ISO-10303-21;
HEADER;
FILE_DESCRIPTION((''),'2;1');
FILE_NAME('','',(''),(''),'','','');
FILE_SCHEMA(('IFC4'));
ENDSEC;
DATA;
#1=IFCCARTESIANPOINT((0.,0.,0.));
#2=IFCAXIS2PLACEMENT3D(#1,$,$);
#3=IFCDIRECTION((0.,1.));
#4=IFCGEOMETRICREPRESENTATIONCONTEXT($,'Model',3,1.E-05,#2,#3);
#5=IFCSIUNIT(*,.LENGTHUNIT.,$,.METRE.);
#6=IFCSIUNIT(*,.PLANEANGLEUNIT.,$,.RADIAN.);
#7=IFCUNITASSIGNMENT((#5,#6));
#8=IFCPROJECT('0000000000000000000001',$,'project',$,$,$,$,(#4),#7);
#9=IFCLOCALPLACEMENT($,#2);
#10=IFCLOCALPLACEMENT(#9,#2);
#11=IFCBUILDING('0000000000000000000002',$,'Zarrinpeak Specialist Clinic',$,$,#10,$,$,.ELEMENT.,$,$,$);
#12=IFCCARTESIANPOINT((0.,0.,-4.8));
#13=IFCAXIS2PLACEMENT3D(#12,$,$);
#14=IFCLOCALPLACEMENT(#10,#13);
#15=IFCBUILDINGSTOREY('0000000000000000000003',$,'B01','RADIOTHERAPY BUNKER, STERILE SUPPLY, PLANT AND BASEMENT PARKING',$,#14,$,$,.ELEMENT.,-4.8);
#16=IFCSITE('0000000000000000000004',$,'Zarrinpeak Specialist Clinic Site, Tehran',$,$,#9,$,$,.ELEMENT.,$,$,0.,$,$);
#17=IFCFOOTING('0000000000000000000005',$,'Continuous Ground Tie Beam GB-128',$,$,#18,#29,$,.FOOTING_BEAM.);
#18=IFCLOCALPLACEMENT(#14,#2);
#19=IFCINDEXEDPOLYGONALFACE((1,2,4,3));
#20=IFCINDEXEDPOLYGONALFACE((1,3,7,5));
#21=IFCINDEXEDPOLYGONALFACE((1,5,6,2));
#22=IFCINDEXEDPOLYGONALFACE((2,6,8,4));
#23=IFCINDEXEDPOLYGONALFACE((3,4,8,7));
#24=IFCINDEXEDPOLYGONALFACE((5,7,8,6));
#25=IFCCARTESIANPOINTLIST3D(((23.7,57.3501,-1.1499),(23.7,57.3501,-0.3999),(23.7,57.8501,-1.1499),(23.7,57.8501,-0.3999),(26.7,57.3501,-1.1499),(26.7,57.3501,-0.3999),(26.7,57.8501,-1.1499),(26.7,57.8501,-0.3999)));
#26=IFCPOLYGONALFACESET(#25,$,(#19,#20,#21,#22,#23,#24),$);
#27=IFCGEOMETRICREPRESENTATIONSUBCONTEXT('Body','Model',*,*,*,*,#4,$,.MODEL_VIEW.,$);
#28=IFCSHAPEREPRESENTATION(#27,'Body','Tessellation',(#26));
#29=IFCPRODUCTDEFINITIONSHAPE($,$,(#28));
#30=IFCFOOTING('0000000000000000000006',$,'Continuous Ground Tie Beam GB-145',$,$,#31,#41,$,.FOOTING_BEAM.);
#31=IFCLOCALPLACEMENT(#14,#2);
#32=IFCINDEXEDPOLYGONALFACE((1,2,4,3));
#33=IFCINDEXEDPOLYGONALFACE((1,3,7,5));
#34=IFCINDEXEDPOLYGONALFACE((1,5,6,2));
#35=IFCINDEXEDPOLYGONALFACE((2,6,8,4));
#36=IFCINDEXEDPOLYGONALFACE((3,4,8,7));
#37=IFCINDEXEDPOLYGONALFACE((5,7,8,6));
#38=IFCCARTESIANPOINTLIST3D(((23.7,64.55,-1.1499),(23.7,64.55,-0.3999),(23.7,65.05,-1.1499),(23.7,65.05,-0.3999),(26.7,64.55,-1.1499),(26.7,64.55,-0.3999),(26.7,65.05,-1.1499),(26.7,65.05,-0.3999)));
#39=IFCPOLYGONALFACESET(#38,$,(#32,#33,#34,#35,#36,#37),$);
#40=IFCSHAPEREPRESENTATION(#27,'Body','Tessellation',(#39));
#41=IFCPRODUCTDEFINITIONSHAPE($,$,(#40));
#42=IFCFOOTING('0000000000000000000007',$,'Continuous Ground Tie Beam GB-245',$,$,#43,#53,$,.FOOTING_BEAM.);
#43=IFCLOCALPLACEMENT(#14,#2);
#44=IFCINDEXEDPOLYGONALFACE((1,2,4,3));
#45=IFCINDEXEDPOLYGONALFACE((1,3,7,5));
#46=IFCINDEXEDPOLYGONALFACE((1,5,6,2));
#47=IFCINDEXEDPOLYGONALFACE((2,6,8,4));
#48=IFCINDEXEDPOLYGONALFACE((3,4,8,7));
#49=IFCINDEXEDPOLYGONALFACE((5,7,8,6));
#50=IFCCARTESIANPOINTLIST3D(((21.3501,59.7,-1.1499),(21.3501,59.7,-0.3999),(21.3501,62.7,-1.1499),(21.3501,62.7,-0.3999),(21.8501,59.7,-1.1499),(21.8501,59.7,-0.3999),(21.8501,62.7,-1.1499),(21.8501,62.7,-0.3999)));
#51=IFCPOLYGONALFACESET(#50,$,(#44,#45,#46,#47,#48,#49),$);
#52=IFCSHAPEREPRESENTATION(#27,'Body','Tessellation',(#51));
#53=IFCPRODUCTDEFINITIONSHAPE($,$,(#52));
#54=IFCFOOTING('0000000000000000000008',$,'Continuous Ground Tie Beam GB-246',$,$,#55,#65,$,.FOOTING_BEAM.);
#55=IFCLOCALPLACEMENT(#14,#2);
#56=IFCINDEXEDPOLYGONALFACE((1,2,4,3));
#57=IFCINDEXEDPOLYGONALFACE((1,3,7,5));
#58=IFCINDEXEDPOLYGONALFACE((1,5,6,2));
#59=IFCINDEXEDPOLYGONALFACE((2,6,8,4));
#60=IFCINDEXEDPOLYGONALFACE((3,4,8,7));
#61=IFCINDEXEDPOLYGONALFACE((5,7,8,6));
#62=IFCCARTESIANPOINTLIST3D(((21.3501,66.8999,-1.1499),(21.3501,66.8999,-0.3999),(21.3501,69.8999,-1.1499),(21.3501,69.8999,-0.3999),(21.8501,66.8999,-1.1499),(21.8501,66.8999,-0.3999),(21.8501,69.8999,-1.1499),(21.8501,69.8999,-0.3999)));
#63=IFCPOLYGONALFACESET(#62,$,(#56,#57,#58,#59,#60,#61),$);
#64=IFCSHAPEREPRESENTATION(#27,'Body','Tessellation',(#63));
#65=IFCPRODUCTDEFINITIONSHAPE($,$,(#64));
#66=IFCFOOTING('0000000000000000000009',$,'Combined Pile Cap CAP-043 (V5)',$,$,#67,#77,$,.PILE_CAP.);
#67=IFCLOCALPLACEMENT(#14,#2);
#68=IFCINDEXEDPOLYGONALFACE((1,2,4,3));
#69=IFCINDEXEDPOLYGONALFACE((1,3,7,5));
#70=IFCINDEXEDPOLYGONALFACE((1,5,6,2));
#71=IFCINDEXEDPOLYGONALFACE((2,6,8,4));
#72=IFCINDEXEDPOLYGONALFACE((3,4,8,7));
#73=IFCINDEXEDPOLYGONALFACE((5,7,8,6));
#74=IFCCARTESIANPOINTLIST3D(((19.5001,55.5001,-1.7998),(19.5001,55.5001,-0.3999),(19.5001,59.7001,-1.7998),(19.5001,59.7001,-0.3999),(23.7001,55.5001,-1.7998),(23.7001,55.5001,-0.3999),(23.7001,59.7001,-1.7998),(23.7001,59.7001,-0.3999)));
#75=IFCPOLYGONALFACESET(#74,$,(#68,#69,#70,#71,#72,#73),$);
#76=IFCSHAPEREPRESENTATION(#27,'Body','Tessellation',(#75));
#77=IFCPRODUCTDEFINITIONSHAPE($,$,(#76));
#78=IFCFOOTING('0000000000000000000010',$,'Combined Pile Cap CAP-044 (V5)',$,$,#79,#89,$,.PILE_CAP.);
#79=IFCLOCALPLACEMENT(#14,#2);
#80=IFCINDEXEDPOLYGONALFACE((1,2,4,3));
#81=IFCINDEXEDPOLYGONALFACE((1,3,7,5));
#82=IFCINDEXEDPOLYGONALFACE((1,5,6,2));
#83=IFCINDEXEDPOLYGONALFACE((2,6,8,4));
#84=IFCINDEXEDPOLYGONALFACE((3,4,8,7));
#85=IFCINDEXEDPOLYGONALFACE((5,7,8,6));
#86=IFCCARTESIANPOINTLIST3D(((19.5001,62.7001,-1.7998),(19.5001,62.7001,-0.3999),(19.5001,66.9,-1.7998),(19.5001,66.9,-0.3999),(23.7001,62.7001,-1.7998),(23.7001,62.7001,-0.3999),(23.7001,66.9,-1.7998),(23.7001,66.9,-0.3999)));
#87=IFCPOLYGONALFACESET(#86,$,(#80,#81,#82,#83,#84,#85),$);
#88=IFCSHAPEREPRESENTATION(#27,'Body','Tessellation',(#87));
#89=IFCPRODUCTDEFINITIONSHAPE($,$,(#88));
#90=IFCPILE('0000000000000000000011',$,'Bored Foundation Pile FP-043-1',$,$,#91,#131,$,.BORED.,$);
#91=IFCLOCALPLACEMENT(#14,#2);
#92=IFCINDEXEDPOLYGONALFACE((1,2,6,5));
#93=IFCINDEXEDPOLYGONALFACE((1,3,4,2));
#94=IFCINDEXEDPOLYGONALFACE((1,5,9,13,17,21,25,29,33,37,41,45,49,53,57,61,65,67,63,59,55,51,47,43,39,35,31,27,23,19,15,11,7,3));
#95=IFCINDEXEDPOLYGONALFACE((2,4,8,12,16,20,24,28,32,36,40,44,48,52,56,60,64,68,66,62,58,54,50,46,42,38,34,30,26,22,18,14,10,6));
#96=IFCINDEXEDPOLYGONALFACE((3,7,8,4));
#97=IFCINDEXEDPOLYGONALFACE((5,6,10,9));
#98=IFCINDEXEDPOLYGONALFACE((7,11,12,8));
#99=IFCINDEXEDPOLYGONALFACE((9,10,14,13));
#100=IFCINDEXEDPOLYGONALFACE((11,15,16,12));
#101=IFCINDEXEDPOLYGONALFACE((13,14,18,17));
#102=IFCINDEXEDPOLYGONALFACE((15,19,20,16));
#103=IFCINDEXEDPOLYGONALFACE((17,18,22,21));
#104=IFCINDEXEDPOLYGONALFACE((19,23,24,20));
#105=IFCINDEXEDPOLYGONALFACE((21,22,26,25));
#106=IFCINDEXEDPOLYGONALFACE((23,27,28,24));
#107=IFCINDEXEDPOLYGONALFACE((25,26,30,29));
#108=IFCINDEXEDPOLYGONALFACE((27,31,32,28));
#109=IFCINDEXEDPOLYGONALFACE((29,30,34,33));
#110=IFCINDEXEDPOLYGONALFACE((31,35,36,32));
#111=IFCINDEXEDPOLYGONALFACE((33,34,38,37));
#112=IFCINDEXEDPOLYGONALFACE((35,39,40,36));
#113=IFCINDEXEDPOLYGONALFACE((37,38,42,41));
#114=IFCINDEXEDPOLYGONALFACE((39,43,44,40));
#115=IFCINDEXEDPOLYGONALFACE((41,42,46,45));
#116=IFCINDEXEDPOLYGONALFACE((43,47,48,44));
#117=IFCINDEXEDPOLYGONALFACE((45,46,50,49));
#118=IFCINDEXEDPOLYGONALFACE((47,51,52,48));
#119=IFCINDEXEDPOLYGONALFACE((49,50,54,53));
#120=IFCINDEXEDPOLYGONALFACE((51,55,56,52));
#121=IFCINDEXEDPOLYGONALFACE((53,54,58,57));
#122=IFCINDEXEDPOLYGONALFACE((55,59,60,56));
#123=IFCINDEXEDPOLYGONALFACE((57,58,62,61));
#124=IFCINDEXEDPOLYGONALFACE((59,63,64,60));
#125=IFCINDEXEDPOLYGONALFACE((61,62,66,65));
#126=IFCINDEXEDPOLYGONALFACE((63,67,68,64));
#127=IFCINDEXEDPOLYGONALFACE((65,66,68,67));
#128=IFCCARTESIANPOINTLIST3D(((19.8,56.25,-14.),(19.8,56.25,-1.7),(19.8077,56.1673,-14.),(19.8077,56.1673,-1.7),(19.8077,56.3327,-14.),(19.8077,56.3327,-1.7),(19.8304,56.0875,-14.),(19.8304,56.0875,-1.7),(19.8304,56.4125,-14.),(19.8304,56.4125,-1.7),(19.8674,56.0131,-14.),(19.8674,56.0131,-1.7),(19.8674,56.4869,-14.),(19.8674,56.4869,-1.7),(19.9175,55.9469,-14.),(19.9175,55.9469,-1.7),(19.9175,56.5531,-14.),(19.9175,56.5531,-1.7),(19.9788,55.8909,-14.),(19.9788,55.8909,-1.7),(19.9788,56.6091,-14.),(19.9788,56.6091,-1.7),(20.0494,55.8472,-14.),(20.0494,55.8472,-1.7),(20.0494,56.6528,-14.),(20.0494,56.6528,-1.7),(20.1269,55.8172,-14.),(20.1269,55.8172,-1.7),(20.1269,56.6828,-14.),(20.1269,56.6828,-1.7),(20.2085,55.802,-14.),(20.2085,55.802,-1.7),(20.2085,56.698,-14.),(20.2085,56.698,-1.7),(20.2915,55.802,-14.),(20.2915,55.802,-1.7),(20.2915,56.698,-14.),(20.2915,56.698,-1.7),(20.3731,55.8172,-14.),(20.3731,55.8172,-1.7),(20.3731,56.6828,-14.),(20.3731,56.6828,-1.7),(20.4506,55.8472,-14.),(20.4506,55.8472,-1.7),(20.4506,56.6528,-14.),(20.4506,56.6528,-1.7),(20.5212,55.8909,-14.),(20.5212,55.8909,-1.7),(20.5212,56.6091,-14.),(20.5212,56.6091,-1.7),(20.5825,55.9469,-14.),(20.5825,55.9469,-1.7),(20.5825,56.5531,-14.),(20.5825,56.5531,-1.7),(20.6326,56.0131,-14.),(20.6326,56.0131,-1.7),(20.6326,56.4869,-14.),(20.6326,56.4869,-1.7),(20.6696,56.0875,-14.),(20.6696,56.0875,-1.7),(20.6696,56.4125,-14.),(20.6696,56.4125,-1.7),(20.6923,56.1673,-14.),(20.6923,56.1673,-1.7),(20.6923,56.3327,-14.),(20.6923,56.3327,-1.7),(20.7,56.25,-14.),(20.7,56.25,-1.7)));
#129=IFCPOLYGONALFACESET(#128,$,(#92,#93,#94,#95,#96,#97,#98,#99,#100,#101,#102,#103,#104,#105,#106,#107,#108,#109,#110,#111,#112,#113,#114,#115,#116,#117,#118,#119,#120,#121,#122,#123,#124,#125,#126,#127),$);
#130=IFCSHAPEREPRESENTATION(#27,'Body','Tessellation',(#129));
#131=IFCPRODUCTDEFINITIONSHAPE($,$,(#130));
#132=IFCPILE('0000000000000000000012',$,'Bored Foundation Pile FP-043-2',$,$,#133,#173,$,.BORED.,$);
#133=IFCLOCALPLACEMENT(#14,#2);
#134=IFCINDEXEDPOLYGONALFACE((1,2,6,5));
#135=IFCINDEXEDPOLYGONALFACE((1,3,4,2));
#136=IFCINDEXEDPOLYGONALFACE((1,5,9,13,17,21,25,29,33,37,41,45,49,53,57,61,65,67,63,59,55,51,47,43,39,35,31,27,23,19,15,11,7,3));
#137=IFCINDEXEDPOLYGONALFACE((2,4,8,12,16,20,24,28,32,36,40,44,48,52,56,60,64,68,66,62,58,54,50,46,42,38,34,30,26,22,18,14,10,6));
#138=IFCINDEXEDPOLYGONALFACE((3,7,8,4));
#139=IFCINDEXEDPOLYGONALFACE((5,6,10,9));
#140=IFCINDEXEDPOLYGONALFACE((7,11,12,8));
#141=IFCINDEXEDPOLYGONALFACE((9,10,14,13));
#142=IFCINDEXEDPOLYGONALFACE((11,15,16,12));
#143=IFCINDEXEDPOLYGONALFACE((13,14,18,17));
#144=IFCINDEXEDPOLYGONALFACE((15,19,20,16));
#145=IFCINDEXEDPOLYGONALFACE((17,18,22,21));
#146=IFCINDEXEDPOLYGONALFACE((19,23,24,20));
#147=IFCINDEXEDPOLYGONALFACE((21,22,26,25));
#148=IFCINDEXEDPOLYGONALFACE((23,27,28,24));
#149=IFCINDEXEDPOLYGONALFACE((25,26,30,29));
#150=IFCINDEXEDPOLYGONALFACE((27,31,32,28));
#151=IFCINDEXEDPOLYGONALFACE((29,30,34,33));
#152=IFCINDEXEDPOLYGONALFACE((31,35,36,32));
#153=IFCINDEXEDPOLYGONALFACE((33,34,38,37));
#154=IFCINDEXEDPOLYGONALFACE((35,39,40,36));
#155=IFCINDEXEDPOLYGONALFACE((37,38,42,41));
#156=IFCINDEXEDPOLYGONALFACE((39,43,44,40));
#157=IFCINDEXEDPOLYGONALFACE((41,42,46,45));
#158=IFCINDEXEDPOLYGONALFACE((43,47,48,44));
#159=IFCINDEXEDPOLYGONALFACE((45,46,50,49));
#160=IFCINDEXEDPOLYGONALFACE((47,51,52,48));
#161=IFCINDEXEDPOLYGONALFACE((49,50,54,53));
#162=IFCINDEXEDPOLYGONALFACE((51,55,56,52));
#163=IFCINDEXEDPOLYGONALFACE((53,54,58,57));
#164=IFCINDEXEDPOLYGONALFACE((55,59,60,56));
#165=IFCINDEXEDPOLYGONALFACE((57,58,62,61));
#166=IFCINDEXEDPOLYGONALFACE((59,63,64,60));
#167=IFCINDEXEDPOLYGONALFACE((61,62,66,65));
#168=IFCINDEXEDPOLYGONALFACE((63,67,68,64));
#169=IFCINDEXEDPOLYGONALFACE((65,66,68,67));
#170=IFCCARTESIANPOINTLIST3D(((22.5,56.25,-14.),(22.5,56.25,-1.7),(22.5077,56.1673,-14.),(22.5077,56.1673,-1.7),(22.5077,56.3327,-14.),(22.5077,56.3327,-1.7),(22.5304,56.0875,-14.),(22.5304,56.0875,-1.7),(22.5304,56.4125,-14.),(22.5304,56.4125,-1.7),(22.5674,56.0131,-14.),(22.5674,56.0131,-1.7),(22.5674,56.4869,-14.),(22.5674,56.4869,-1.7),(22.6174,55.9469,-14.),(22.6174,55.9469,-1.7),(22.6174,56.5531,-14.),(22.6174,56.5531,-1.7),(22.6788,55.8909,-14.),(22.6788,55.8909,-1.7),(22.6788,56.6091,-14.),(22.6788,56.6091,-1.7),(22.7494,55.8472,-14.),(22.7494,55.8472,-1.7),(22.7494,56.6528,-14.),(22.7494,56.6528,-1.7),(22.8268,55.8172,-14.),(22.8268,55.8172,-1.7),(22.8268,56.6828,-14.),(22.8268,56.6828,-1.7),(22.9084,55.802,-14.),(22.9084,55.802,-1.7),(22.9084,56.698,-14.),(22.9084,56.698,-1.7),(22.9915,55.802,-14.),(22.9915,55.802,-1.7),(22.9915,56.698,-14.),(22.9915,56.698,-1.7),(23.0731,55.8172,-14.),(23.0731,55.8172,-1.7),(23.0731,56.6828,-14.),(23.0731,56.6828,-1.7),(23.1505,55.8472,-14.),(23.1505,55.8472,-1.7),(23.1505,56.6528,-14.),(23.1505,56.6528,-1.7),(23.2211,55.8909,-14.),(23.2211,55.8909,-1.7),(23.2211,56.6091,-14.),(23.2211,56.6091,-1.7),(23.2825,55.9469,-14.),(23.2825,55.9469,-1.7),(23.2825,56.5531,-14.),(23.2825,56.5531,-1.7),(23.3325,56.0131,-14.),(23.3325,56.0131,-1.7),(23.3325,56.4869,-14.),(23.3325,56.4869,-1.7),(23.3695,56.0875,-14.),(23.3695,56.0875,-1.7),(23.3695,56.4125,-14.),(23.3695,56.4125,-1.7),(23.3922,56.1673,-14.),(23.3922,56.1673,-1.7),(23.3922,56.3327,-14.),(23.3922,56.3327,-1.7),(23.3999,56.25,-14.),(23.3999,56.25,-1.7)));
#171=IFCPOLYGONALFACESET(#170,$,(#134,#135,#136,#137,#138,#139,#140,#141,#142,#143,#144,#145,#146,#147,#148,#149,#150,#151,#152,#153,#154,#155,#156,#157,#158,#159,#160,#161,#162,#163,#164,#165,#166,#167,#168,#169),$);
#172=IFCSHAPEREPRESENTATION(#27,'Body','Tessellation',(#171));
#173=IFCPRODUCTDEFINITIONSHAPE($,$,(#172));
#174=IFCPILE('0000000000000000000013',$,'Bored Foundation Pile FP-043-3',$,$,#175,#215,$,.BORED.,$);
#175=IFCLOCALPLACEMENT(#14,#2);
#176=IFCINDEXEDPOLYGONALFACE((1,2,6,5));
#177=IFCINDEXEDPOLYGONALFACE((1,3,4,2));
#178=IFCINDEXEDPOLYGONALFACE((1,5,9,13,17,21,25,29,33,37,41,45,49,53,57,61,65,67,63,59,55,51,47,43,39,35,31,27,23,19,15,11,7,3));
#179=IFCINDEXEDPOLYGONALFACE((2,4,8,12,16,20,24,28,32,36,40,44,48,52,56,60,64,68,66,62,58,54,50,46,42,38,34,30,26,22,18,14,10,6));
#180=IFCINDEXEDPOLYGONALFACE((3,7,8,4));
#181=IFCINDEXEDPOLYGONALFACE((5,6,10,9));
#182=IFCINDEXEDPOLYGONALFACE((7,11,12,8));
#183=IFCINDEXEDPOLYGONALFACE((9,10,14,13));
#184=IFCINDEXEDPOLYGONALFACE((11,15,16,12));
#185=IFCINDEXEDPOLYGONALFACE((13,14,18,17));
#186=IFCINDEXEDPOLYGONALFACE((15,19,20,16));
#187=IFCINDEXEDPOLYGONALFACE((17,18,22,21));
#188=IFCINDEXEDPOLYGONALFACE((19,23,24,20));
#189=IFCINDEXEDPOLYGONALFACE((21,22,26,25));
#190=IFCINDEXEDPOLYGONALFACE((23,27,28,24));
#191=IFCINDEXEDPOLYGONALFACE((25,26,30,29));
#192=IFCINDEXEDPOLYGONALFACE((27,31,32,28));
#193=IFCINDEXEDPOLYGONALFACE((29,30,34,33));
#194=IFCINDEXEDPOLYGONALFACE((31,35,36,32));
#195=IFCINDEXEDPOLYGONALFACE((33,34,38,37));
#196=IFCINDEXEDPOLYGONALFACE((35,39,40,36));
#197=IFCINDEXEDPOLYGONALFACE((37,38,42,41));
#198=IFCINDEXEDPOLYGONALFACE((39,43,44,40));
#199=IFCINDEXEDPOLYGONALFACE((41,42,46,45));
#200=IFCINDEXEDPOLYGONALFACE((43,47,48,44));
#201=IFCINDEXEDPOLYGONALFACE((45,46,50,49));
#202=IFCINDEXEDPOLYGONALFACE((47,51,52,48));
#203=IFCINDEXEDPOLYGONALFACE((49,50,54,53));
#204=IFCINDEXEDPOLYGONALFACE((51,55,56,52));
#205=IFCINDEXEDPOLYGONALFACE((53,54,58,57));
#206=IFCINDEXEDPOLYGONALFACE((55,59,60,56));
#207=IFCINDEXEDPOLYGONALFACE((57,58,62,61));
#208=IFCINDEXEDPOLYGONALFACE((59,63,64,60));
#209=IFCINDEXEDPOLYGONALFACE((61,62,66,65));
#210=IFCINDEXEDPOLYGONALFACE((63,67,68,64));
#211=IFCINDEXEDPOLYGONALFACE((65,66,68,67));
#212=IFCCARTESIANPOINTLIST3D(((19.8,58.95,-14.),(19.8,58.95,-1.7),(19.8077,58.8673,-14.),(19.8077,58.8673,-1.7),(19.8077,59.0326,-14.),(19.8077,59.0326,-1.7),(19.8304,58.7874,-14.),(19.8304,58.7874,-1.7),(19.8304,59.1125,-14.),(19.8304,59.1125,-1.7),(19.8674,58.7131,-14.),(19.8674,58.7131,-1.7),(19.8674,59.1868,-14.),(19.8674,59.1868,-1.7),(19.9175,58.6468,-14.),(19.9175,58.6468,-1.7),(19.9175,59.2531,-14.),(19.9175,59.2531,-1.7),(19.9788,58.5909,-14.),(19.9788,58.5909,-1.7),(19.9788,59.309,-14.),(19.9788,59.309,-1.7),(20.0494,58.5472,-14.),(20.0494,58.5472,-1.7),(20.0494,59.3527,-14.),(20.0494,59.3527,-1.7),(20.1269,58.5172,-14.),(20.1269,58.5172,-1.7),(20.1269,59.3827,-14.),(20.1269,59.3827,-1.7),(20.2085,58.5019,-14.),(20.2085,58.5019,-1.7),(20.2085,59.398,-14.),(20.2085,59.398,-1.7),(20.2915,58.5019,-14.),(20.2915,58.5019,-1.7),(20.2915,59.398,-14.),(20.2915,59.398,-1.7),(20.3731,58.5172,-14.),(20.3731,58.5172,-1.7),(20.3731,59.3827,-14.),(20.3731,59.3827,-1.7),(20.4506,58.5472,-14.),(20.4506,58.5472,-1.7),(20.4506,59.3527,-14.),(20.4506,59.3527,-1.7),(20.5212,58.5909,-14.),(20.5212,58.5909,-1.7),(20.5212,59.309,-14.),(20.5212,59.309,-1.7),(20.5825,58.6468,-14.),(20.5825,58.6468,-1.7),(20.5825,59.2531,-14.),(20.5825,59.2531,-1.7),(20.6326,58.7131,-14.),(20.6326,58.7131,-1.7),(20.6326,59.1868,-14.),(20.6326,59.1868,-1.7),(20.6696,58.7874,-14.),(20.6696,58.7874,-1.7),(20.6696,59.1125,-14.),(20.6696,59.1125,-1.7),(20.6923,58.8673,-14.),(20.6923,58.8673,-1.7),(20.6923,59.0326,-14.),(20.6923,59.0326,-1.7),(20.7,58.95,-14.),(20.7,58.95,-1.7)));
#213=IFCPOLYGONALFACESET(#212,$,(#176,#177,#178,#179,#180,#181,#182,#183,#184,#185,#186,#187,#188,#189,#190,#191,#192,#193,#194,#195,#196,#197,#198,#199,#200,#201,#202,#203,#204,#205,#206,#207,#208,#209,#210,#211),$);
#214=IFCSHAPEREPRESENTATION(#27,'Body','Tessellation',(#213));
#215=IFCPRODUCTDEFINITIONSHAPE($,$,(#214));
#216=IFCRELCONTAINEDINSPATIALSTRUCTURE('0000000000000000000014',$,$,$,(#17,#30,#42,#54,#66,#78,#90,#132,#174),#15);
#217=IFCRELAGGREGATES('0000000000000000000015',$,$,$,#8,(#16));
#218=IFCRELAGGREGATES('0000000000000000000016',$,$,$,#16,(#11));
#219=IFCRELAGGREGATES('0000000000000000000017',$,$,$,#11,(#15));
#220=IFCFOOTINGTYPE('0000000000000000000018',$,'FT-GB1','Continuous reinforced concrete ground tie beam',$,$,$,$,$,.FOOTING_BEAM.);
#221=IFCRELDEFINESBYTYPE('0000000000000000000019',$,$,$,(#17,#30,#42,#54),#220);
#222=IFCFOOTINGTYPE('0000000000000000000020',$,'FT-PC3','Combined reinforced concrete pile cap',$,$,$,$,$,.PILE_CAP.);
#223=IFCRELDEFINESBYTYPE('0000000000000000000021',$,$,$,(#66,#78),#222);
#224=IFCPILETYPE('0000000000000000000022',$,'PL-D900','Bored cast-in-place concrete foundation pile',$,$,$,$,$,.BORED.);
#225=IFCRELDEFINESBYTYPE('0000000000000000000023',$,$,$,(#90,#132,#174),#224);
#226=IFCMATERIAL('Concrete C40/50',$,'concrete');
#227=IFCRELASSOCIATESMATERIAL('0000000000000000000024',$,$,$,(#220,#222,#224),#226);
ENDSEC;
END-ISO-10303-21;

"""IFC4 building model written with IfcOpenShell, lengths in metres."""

from ifc_helpers import new_model, si_unit, direction, frame, origin, origin_2d, place, context, subcontext, project, spatial, rectangle, circle, extrude, material, material_profile, profile_set, type_object, element, save


model = new_model("IFC4")

# Units and contexts
model_context = context("Model", 3, precision=1e-05, world=origin(), true_north=direction((0.0, 1.0)))
body_context = subcontext(model_context, "Body", "Model", "MODEL_VIEW")
ifc_project = project(units=[si_unit("LENGTHUNIT", "METRE"), si_unit("PLANEANGLEUNIT", "RADIAN")], contexts=[model_context])

# Site, building, storey
site_placement = place(None, origin())
site = spatial("IfcSite", under=ifc_project, at=site_placement, Name="Zarrinpeak Specialist Clinic Site, Tehran", CompositionType="ELEMENT", RefElevation=0.0)
building_placement = place(site_placement, origin())
building = spatial("IfcBuilding", under=site, at=building_placement, Name="Zarrinpeak Specialist Clinic", CompositionType="ELEMENT")
storey_placement = place(building_placement, frame((0.0, 0.0, -4.8)))
storey = spatial("IfcBuildingStorey", under=building, at=storey_placement, Name="B01", Description="RADIOTHERAPY BUNKER, STERILE SUPPLY, PLANT AND BASEMENT PARKING", CompositionType="ELEMENT", Elevation=-4.8)

# Footings
ifc_material_1 = material(Name="Concrete C40/50", Category="concrete")
ifc_material_profile_1 = material_profile(ifc_material_1, rectangle(XDim=0.5, YDim=0.75, at=origin_2d()), Name="RC 500x750")
ifc_profile_set_1 = profile_set([ifc_material_profile_1], Name="Concrete C40/50")
footing_type_1 = type_object("IfcFootingType", Name="FT-GB1", Description="Continuous reinforced concrete ground tie beam", PredefinedType="FOOTING_BEAM", material=ifc_profile_set_1)
for number, where, z_axis, x_axis, name in (
    (1, (23.7, 57.6001, -0.7749), (1.0, 0.0, 0.0), (0.0, 1.0, 0.0), "Continuous Ground Tie Beam GB-128"),
    (2, (23.7, 64.8, -0.7749), (1.0, 0.0, 0.0), (0.0, 1.0, 0.0), "Continuous Ground Tie Beam GB-145"),
    (3, (21.6001, 59.7, -0.7749), (0.0, 1.0, 0.0), (-1.0, 0.0, 0.0), "Continuous Ground Tie Beam GB-245"),
    (4, (21.6001, 66.8999, -0.7749), (0.0, 1.0, 0.0), (-1.0, 0.0, 0.0), "Continuous Ground Tie Beam GB-246"),
):
    element("IfcFooting", number, at=place(storey_placement, frame(where, z_axis=z_axis, x_axis=x_axis)), inside=storey, type_object=footing_type_1, Name=name, PredefinedType="FOOTING_BEAM", context=body_context, shape_type="SweptSolid", body=[
        extrude(rectangle(XDim=0.5, YDim=0.75, at=origin_2d()), origin(), (0.0, 0.0, 1.0), 3.0),
    ])
footing_type_2 = type_object("IfcFootingType", Name="FT-PC3", Description="Combined reinforced concrete pile cap", PredefinedType="PILE_CAP", material=ifc_material_1)
for number, where, z_axis, x_axis, name in (
    (5, (21.6001, 57.6001, -1.7998), (0.0, 0.0, 1.0), (1.0, 0.0, 0.0), "Combined Pile Cap CAP-043 (V5)"),
    (6, (21.6001, 64.8, -1.7998), (0.0, 0.0, 1.0), (1.0, 0.0, 0.0), "Combined Pile Cap CAP-044 (V5)"),
):
    element("IfcFooting", number, at=place(storey_placement, frame(where, z_axis=z_axis, x_axis=x_axis)), inside=storey, type_object=footing_type_2, Name=name, PredefinedType="PILE_CAP", context=body_context, shape_type="SweptSolid", body=[
        extrude(rectangle(XDim=4.2, YDim=4.2, at=origin_2d()), origin(), (0.0, 0.0, 1.0), 1.3999),
    ])

# Piles
ifc_material_profile_2 = material_profile(ifc_material_1, circle(Radius=0.45, at=origin_2d()), Name="BORED PILE D900")
ifc_profile_set_2 = profile_set([ifc_material_profile_2], Name="Concrete C40/50")
pile_type = type_object("IfcPileType", Name="PL-D900", Description="Bored cast-in-place concrete foundation pile", PredefinedType="BORED", material=ifc_profile_set_2)
for number, where, z_axis, x_axis, name in (
    (7, (20.25, 56.25, -1.7), (0.0, 0.0, -1.0), (1.0, 0.0, 0.0), "Bored Foundation Pile FP-043-1"),
    (8, (22.95, 56.25, -1.7), (0.0, 0.0, -1.0), (1.0, 0.0, 0.0), "Bored Foundation Pile FP-043-2"),
    (9, (20.25, 58.95, -1.7), (0.0, 0.0, -1.0), (1.0, 0.0, 0.0), "Bored Foundation Pile FP-043-3"),
):
    element("IfcPile", number, at=place(storey_placement, frame(where, z_axis=z_axis, x_axis=x_axis)), inside=storey, type_object=pile_type, Name=name, PredefinedType="BORED", context=body_context, shape_type="SweptSolid", body=[
        extrude(circle(Radius=0.45, at=origin_2d()), origin(), (0.0, 0.0, 1.0), 12.3),
    ])

save(model, "model.ifc")
